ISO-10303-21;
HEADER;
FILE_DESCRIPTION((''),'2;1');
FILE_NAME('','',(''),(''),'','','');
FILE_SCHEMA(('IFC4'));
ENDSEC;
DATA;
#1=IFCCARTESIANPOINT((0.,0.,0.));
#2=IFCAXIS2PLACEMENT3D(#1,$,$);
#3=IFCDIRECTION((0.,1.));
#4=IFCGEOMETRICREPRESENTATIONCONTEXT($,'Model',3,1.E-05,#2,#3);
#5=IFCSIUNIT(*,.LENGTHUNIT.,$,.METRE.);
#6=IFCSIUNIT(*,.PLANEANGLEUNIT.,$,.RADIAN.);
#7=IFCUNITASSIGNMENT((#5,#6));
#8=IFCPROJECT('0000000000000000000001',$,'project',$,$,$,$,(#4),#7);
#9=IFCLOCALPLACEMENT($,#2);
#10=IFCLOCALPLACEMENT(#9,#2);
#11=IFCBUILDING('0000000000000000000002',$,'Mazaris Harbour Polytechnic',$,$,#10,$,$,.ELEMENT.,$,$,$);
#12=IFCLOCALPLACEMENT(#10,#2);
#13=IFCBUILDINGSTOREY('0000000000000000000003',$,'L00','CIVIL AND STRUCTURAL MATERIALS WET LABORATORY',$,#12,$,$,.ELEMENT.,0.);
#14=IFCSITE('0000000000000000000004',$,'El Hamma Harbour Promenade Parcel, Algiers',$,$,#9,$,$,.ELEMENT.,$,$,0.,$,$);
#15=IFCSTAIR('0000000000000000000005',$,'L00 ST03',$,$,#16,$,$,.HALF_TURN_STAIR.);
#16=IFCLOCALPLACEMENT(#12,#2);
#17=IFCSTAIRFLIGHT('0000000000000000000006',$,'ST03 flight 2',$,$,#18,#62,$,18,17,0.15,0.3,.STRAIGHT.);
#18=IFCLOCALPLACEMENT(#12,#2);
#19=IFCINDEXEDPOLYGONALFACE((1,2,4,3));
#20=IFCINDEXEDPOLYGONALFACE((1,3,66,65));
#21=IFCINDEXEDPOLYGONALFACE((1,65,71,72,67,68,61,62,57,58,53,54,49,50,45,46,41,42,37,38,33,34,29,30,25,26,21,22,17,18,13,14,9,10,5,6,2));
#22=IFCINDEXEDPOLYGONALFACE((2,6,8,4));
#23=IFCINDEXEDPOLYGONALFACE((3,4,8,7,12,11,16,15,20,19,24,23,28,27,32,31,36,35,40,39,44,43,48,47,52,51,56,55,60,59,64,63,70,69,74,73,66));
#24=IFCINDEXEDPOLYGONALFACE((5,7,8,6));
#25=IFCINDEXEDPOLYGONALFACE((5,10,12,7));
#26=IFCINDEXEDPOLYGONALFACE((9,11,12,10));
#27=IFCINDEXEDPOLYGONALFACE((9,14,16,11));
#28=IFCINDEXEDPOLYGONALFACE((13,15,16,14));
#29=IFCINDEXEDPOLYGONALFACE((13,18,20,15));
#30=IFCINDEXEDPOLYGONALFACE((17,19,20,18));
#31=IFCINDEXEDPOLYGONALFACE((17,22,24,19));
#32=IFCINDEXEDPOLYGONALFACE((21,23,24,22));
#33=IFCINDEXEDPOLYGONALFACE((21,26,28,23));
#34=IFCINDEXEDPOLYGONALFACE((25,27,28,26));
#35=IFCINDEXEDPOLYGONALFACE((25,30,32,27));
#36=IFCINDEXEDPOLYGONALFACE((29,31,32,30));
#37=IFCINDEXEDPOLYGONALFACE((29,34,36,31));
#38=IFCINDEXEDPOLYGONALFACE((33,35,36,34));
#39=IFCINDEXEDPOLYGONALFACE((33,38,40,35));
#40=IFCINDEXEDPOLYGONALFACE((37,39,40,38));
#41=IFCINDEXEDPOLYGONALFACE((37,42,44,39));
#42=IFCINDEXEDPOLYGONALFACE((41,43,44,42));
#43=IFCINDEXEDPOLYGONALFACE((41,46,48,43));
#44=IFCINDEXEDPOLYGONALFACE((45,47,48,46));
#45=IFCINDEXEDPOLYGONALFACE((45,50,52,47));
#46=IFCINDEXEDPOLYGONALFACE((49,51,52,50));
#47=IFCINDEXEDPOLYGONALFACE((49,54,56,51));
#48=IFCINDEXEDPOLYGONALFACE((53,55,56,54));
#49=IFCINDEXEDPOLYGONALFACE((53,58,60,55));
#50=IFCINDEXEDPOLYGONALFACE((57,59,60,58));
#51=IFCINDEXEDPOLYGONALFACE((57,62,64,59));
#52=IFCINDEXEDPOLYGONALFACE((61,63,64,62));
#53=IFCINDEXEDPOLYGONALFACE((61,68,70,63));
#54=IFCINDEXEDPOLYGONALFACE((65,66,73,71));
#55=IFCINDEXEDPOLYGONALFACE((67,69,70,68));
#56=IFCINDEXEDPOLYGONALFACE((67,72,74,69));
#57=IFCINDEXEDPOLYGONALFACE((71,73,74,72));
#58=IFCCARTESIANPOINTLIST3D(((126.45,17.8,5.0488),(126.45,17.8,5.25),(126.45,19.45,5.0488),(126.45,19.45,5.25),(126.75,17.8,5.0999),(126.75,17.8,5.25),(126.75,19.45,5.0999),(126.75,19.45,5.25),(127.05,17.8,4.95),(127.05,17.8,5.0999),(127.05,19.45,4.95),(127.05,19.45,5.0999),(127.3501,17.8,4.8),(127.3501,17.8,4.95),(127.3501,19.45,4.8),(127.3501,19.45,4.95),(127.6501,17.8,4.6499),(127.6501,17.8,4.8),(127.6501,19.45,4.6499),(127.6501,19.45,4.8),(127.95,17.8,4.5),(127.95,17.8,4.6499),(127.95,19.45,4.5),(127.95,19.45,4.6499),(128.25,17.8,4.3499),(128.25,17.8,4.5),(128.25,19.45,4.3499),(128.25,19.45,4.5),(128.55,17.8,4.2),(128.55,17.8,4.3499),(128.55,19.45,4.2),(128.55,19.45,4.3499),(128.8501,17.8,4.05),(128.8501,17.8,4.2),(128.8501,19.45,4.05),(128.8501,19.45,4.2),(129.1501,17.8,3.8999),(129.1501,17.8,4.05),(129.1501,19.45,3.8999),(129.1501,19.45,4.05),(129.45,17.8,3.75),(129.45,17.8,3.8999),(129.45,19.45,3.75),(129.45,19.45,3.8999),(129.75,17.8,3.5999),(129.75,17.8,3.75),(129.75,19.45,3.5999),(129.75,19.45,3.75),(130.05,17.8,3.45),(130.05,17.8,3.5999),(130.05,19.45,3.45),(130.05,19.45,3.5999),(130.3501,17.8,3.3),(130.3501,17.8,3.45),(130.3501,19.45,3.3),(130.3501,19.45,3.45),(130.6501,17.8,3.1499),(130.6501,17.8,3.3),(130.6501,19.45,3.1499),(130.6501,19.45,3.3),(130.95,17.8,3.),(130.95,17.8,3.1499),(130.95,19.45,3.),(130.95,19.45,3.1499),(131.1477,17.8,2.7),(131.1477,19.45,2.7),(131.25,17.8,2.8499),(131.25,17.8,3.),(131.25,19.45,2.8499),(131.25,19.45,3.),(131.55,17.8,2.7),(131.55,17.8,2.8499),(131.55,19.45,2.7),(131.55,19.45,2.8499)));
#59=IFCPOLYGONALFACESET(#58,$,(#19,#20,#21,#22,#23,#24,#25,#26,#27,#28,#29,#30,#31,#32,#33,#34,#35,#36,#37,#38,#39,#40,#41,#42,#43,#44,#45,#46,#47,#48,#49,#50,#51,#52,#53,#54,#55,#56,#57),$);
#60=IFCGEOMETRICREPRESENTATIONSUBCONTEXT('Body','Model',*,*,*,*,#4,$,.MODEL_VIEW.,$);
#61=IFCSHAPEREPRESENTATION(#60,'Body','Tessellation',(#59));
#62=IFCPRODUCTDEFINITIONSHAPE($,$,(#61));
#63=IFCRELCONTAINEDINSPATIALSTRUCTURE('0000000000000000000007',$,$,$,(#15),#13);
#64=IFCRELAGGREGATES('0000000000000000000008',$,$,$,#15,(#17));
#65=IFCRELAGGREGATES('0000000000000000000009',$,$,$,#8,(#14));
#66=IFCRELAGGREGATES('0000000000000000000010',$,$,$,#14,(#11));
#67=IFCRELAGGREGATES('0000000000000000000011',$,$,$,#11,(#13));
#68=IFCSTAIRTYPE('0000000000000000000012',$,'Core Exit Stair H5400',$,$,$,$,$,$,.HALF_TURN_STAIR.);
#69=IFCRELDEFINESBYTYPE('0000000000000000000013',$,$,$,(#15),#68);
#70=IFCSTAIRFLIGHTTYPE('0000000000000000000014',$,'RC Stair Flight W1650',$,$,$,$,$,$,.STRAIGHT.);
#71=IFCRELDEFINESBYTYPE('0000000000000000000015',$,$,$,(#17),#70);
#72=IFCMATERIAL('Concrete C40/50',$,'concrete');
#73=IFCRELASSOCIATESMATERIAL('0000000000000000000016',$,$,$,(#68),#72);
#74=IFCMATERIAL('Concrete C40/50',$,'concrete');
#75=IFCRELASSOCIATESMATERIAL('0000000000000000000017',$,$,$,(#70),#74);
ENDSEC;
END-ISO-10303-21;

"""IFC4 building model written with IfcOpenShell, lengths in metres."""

from ifc_helpers import new_model, si_unit, direction, frame, origin, place, context, subcontext, project, spatial, polyline, outline, extrude, material, type_object, element, aggregate, save


model = new_model("IFC4")

# Units and contexts
model_context = context("Model", 3, precision=1e-05, world=origin(), true_north=direction((0.0, 1.0)))
body_context = subcontext(model_context, "Body", "Model", "MODEL_VIEW")
ifc_project = project(units=[si_unit("LENGTHUNIT", "METRE"), si_unit("PLANEANGLEUNIT", "RADIAN")], contexts=[model_context])

# Site, building, storey
site_placement = place(None, origin())
site = spatial("IfcSite", under=ifc_project, at=site_placement, Name="El Hamma Harbour Promenade Parcel, Algiers", CompositionType="ELEMENT", RefElevation=0.0)
building_placement = place(site_placement, origin())
building = spatial("IfcBuilding", under=site, at=building_placement, Name="Mazaris Harbour Polytechnic", CompositionType="ELEMENT")
storey_placement = place(building_placement, origin())
storey = spatial("IfcBuildingStorey", under=building, at=storey_placement, Name="L00", Description="CIVIL AND STRUCTURAL MATERIALS WET LABORATORY", CompositionType="ELEMENT", Elevation=0.0)

# Stair, stair flight
ifc_material_1 = material(Name="Concrete C40/50", Category="concrete")
stair_type = type_object("IfcStairType", Name="Core Exit Stair H5400", PredefinedType="HALF_TURN_STAIR", material=ifc_material_1)
stair_placement = place(storey_placement, origin())
stair = element("IfcStair", 1, at=stair_placement, inside=storey, type_object=stair_type, Name="L00 ST03", PredefinedType="HALF_TURN_STAIR")
ifc_material_2 = material(Name="Concrete C40/50", Category="concrete")
stair_flight_type = type_object("IfcStairFlightType", Name="RC Stair Flight W1650", PredefinedType="STRAIGHT", material=ifc_material_2)
stair_flight_placement = place(storey_placement, frame((131.55, 18.625, 2.7), z_axis=(0.0, 0.0, 1.0), x_axis=(-1.0, 0.0, 0.0)))
stair_flight = element("IfcStairFlight", 2, at=stair_flight_placement, type_object=stair_flight_type, Name="ST03 flight 2", NumberOfRisers=18, NumberOfTreads=17, PredefinedType="STRAIGHT", RiserHeight=0.15, TreadLength=0.3, context=body_context, shape_type="SweptSolid", body=[
    extrude(outline(polyline([(0.0, 0.0), (0.0, 0.1499), (0.3, 0.1499), (0.3, 0.3), (0.6001, 0.3), (0.6001, 0.45), (0.8999, 0.45), (0.8999, 0.6001), (1.2, 0.6001), (1.2, 0.75), (1.5, 0.75), (1.5, 0.8999), (1.8, 0.8999), (1.8, 1.05), (2.1001, 1.05), (2.1001, 1.2), (2.3999, 1.2), (2.3999, 1.3501), (2.7, 1.3501), (2.7, 1.5), (3.0, 1.5), (3.0, 1.6499), (3.3, 1.6499), (3.3, 1.8), (3.6001, 1.8), (3.6001, 1.95), (3.8999, 1.95), (3.8999, 2.1001), (4.2, 2.1001), (4.2, 2.25), (4.5, 2.25), (4.5, 2.3999), (4.8, 2.3999), (4.8, 2.55), (5.1001, 2.55), (5.1001, 2.7), (5.1001, 2.3489), (0.4023, 0.0), (0.0, 0.0)])), frame((0.0, 0.825, 0.0), z_axis=(0.0, -1.0, 0.0), x_axis=(1.0, 0.0, 0.0)), (0.0, 0.0, 1.0), 1.6499),
])
aggregate(stair, [stair_flight])

save(model, "model.ifc")
